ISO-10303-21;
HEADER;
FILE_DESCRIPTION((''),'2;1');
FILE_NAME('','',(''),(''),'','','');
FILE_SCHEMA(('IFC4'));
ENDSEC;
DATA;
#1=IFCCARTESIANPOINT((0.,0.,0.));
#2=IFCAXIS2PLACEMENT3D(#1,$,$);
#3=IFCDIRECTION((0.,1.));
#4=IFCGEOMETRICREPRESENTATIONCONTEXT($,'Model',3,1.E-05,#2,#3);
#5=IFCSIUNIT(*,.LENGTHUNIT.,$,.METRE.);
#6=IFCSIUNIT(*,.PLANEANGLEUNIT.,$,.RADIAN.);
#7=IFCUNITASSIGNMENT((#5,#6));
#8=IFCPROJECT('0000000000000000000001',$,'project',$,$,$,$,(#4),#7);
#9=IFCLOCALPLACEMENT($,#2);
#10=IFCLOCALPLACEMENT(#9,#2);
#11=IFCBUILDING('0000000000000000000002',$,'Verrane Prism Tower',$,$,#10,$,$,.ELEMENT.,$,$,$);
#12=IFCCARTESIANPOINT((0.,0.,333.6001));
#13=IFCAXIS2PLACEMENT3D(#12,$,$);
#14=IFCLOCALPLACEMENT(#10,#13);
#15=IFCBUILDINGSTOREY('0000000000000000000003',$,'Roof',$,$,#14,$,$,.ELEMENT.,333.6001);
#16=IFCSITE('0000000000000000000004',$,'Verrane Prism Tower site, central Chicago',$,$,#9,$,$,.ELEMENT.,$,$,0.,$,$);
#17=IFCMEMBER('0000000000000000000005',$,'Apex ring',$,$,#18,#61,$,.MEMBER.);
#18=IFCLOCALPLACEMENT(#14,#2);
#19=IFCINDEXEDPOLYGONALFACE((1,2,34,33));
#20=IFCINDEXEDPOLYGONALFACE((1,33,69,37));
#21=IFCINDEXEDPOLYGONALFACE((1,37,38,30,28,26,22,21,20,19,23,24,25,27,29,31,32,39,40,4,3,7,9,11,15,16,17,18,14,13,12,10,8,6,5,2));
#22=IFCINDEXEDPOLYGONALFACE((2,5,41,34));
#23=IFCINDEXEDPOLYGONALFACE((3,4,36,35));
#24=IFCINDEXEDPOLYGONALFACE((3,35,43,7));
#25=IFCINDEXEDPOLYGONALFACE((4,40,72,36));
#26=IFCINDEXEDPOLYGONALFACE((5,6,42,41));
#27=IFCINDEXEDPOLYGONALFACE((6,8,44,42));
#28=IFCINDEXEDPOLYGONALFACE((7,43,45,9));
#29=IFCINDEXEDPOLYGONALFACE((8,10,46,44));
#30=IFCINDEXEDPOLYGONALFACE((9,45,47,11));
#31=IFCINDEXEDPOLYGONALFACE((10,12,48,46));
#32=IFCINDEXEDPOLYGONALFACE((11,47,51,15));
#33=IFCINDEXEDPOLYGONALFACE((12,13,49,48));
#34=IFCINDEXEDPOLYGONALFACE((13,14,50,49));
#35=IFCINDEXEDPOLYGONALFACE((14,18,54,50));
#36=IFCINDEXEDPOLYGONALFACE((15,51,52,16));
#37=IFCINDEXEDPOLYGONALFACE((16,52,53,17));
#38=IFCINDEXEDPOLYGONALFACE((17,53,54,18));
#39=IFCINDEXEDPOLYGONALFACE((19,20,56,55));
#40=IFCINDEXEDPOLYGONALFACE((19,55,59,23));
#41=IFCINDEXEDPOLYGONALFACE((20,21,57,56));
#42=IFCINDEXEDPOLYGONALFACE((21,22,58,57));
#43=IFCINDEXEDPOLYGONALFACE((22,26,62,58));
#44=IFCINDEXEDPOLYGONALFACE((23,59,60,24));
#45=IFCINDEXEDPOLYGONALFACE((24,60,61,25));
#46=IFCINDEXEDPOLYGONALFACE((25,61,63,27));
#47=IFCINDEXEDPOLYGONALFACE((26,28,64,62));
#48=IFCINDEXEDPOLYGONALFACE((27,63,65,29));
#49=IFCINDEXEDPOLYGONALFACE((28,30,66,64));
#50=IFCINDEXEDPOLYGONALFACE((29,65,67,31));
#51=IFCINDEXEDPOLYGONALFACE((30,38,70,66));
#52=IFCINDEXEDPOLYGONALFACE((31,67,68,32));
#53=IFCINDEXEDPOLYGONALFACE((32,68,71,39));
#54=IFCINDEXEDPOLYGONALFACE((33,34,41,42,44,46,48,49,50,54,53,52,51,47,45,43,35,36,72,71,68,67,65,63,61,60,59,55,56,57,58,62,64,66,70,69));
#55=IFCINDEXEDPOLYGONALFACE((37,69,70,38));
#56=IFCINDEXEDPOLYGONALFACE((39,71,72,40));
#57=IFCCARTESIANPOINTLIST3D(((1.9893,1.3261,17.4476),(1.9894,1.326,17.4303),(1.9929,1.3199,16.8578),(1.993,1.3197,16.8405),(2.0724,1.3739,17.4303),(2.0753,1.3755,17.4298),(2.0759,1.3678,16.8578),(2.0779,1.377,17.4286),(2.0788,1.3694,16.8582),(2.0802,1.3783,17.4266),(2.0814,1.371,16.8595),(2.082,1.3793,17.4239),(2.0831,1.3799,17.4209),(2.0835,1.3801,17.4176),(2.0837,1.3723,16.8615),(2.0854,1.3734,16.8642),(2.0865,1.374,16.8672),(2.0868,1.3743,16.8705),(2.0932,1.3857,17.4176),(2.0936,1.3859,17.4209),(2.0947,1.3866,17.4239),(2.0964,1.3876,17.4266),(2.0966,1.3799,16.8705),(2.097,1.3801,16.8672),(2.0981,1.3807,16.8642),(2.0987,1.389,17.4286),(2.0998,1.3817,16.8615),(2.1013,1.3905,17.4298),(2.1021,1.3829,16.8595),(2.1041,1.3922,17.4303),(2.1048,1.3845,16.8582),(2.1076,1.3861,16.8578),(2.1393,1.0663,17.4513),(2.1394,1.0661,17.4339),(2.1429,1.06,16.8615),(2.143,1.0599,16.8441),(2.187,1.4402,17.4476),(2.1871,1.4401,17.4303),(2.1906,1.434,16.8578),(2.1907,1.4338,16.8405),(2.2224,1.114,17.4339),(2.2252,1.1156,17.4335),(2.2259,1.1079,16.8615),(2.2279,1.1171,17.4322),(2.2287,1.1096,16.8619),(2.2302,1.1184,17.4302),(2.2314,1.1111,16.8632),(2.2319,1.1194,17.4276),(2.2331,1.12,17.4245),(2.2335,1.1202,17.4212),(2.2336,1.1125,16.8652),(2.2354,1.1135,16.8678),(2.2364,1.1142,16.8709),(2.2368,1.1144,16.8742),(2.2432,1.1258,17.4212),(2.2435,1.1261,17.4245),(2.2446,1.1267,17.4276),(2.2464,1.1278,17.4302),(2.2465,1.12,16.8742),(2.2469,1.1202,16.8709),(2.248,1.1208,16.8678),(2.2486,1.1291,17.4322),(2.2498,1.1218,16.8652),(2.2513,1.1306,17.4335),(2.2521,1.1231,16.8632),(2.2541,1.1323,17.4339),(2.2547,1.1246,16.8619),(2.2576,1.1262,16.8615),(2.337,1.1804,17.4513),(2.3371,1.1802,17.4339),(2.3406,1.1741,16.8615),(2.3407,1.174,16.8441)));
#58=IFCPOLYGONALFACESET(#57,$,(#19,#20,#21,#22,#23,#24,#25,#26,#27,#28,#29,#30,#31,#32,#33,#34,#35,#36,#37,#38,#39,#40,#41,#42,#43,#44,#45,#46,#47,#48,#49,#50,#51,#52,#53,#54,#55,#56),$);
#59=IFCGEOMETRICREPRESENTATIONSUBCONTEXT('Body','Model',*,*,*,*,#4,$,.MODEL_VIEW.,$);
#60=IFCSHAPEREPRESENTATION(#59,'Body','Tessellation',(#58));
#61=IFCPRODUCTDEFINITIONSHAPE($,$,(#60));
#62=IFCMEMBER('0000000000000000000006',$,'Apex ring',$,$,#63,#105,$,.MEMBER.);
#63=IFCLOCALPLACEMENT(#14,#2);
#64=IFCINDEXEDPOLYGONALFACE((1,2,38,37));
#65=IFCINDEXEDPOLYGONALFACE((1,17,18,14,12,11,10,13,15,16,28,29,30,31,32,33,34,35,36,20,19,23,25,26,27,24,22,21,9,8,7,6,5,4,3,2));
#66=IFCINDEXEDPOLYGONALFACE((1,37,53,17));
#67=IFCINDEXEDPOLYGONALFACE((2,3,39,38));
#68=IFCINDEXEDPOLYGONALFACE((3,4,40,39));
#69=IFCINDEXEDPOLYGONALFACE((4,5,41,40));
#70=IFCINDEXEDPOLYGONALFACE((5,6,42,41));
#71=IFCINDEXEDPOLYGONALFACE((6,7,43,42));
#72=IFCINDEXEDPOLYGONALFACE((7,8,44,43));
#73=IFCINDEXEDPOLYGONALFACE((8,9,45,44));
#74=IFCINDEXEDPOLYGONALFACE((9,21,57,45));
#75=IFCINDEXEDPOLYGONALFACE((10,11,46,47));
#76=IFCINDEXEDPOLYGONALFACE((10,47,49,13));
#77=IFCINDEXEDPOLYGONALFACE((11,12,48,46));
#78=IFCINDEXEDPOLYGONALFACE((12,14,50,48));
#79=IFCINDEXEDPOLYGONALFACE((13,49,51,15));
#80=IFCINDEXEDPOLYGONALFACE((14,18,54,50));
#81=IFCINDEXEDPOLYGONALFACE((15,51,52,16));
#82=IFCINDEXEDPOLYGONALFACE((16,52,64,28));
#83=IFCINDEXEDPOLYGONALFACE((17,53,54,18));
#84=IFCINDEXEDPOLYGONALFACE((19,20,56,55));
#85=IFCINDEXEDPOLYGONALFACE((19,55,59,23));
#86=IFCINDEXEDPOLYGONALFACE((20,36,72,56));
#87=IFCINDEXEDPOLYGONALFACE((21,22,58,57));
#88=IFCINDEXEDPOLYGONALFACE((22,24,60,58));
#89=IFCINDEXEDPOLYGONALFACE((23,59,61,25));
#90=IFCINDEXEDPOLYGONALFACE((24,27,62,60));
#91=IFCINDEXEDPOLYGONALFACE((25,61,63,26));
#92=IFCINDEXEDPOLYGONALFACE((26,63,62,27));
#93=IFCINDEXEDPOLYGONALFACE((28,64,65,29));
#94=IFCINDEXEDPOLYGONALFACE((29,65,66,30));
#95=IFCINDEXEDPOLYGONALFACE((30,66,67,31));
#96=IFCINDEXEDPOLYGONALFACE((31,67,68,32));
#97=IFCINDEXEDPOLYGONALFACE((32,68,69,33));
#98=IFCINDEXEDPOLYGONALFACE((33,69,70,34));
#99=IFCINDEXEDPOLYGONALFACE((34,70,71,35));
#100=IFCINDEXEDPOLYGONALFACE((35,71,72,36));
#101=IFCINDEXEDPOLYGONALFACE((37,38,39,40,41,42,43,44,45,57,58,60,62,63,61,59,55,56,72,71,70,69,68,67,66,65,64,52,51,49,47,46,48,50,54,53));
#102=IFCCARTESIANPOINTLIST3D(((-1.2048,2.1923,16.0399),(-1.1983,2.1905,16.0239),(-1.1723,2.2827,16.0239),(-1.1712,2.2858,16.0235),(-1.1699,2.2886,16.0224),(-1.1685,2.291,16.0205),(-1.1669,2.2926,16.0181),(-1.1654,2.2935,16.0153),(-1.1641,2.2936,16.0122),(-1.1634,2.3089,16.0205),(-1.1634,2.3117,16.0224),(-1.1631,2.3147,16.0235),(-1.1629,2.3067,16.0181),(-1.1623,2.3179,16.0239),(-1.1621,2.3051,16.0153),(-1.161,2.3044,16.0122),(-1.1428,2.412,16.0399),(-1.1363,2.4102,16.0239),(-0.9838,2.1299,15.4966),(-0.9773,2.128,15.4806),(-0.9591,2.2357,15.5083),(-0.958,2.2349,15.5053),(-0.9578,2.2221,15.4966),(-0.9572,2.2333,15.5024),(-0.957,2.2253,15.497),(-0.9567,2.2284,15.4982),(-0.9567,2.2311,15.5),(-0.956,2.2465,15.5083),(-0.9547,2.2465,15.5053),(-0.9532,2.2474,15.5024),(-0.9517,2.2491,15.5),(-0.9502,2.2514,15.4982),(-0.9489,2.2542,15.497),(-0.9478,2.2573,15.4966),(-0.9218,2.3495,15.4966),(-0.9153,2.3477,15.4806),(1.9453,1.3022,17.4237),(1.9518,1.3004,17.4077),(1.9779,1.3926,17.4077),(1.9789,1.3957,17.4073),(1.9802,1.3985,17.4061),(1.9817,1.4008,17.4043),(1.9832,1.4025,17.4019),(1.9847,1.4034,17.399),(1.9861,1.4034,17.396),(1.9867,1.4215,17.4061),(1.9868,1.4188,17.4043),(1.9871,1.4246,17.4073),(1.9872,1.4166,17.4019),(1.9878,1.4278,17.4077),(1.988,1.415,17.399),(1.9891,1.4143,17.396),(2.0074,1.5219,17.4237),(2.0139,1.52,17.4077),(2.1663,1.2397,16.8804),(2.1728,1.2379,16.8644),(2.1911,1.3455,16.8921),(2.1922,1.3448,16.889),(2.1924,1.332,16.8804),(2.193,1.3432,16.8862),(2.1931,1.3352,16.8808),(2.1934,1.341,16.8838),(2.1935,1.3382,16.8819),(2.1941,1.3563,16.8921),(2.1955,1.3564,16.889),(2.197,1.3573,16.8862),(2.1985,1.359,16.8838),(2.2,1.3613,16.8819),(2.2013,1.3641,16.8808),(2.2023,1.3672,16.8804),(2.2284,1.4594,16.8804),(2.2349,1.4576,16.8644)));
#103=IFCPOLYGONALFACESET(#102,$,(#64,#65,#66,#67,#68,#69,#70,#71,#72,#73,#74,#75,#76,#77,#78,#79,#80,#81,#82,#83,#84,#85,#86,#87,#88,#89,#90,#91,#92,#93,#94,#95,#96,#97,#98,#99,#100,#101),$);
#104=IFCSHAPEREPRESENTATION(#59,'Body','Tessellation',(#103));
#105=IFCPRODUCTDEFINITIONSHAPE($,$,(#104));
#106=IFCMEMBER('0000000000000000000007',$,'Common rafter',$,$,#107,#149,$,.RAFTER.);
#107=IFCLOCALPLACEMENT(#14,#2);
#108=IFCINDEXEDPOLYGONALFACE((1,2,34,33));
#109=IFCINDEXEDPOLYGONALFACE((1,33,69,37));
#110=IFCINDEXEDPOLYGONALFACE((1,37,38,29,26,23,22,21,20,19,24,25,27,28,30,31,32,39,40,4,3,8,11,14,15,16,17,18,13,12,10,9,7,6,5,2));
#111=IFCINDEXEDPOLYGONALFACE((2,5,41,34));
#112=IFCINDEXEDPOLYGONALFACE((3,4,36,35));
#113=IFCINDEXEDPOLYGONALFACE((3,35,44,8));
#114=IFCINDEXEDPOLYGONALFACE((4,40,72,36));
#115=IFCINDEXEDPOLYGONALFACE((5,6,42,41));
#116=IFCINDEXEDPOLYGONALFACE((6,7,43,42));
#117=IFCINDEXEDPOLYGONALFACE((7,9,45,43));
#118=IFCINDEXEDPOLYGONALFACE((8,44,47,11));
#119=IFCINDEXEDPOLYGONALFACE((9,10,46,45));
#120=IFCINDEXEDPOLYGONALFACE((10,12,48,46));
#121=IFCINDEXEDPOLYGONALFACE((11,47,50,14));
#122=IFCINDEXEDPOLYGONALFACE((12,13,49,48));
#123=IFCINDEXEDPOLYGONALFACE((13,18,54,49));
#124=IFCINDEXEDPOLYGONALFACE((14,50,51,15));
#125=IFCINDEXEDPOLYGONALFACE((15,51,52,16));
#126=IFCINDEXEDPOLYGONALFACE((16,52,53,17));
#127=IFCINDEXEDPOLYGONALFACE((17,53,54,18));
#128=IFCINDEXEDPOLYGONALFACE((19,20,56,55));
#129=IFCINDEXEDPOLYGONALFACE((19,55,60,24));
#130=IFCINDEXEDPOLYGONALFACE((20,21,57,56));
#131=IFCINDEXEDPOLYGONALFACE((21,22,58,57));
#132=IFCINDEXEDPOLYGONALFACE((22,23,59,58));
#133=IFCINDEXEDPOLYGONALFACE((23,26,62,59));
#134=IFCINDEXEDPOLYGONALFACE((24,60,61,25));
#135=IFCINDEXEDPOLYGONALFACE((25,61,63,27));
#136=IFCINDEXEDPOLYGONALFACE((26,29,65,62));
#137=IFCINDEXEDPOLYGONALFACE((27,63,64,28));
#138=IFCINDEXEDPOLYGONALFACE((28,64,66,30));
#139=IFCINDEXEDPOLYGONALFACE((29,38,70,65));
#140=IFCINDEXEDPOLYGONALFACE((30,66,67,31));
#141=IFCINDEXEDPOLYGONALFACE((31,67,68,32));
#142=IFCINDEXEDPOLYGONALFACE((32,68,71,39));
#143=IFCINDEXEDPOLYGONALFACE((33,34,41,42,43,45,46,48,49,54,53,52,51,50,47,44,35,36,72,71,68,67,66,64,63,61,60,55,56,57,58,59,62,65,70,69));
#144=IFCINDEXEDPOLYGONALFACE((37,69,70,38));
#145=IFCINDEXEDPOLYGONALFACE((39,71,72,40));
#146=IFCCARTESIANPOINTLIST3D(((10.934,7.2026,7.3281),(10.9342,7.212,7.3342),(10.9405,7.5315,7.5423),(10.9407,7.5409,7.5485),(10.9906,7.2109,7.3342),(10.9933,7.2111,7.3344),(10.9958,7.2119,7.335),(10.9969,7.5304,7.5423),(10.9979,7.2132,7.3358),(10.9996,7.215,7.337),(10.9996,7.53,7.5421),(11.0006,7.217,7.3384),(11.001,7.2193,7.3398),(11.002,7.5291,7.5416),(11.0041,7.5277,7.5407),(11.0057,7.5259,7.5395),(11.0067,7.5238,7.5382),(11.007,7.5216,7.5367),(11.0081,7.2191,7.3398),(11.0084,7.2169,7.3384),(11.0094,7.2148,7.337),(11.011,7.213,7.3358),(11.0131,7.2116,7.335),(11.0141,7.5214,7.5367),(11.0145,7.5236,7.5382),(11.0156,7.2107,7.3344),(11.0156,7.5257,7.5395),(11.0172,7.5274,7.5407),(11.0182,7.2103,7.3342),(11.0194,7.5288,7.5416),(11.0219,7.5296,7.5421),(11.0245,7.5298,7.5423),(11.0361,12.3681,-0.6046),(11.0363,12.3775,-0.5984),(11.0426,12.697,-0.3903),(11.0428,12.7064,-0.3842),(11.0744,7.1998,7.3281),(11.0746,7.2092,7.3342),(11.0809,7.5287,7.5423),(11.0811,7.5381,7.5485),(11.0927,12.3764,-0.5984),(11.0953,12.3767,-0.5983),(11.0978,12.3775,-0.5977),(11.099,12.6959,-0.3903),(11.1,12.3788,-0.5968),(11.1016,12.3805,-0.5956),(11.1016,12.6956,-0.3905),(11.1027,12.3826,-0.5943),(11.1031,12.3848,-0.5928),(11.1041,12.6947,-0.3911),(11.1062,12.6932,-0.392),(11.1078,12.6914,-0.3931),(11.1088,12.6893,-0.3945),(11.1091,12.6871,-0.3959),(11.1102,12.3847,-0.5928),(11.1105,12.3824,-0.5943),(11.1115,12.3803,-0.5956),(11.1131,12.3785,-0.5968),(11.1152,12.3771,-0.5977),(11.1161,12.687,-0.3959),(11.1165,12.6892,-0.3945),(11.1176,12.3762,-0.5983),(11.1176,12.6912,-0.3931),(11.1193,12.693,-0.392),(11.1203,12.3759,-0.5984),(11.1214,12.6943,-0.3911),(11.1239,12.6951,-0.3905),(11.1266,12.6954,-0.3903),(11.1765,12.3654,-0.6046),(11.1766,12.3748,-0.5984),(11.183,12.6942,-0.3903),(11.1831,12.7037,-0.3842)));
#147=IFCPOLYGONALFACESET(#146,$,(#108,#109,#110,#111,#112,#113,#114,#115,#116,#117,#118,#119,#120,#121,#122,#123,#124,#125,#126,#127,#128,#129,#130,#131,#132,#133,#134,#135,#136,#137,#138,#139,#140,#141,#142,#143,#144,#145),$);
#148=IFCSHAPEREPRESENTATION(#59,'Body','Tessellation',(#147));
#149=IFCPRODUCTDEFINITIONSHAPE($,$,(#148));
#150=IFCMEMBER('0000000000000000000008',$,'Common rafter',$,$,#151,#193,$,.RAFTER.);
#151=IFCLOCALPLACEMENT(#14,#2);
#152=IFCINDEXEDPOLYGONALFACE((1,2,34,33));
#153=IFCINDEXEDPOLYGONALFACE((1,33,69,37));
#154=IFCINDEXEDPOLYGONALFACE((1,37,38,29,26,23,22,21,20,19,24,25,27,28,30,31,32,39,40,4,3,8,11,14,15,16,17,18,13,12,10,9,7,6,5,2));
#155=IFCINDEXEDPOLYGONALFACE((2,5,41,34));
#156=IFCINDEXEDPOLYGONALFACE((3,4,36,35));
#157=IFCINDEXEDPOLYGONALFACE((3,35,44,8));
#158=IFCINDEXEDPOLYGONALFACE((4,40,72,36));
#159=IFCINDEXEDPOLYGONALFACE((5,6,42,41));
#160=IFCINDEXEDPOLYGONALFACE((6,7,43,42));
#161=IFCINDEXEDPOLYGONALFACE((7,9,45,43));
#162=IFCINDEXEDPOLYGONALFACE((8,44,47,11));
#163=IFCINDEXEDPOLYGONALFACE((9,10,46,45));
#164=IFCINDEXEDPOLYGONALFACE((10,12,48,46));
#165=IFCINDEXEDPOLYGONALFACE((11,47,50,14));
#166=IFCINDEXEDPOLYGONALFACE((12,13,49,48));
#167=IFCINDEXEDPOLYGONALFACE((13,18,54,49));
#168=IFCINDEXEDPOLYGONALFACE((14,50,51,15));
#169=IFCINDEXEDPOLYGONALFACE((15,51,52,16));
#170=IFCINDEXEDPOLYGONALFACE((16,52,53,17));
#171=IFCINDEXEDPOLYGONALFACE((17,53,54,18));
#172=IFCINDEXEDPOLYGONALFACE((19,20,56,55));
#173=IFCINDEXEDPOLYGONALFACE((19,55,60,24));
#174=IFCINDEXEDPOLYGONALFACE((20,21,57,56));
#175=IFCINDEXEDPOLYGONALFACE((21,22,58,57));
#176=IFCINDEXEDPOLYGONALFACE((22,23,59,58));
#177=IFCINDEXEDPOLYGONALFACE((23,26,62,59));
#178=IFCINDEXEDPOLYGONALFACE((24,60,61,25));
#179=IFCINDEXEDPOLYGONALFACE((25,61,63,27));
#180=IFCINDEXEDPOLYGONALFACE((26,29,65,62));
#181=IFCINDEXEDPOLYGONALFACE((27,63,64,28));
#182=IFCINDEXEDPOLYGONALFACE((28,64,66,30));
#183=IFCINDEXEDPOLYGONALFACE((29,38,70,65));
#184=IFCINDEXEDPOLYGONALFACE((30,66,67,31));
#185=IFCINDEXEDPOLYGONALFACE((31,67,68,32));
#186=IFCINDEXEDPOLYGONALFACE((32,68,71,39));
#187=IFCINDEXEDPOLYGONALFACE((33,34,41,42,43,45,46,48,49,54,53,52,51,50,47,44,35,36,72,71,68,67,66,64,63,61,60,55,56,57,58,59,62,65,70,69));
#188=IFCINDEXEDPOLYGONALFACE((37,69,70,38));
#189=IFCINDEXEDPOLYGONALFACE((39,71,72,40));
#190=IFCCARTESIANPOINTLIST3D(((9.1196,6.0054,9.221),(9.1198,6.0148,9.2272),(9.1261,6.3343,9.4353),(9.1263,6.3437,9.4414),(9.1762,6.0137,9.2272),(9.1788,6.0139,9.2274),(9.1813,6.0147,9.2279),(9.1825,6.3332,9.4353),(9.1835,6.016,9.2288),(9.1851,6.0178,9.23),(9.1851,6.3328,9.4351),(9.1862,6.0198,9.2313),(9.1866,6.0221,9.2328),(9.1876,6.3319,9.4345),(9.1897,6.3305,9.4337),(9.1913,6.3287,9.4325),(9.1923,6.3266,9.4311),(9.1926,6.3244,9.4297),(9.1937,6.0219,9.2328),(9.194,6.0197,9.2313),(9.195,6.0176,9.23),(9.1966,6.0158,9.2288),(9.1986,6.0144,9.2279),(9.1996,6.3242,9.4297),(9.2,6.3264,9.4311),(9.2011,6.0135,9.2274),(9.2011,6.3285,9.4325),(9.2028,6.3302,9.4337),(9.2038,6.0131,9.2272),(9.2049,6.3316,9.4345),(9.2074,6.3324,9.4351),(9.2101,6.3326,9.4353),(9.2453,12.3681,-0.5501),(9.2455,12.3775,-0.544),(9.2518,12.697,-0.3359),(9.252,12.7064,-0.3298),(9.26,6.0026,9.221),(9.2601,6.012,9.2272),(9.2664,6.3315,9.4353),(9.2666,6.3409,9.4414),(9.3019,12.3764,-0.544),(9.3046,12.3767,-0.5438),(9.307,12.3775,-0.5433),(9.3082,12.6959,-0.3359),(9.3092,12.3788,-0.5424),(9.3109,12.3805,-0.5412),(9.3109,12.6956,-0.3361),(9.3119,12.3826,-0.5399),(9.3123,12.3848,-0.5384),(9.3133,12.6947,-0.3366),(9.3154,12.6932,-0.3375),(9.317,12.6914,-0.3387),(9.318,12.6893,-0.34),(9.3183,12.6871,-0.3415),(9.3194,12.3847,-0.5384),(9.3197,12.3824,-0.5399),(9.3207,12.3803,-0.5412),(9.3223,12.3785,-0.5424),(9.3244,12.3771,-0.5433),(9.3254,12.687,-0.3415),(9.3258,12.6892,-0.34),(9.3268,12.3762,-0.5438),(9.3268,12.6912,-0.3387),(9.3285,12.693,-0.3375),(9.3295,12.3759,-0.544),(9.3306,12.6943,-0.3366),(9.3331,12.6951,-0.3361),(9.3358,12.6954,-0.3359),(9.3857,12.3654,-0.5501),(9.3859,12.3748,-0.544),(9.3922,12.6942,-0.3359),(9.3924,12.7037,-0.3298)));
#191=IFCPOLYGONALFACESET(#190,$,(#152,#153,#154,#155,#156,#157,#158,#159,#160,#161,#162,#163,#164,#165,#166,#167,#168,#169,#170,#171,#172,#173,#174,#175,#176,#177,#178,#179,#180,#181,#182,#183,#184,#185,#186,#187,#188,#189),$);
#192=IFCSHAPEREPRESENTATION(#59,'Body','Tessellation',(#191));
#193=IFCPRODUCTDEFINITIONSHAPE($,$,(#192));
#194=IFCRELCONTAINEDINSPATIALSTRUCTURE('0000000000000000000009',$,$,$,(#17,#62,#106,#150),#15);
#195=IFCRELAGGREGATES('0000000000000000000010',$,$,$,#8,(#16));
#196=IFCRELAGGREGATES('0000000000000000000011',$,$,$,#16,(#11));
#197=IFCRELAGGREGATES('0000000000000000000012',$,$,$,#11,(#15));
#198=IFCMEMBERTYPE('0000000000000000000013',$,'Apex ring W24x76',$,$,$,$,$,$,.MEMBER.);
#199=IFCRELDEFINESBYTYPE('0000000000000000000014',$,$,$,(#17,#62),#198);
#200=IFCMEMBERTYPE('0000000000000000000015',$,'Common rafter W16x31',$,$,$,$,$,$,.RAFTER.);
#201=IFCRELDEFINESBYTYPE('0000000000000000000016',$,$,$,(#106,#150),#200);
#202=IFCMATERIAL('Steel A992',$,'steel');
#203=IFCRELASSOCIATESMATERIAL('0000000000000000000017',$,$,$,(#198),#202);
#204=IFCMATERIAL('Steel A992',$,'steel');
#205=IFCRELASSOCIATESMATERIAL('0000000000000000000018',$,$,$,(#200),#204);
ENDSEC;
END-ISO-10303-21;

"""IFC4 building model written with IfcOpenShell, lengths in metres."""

from ifc_helpers import new_model, si_unit, direction, frame, origin, origin_2d, place, context, subcontext, project, spatial, i_section, extrude, material, material_profile, profile_set, type_object, element, save


model = new_model("IFC4")

# Units and contexts
model_context = context("Model", 3, precision=1e-05, world=origin(), true_north=direction((0.0, 1.0)))
body_context = subcontext(model_context, "Body", "Model", "MODEL_VIEW")
ifc_project = project(units=[si_unit("LENGTHUNIT", "METRE"), si_unit("PLANEANGLEUNIT", "RADIAN")], contexts=[model_context])

# Site, building, storey
site_placement = place(None, origin())
site = spatial("IfcSite", under=ifc_project, at=site_placement, Name="Verrane Prism Tower site, central Chicago", CompositionType="ELEMENT", RefElevation=0.0)
building_placement = place(site_placement, origin())
building = spatial("IfcBuilding", under=site, at=building_placement, Name="Verrane Prism Tower", CompositionType="ELEMENT")
storey_placement = place(building_placement, frame((0.0, 0.0, 333.6001)))
storey = spatial("IfcBuildingStorey", under=building, at=storey_placement, Name="Roof", CompositionType="ELEMENT", Elevation=333.6001)

# Members
ifc_material_1 = material(Name="Steel A992", Category="steel")
ifc_material_profile_1 = material_profile(ifc_material_1, i_section(OverallWidth=0.2283, OverallDepth=0.6072, WebThickness=0.0112, FlangeThickness=0.0173, FilletRadius=0.0127, at=origin_2d()), Name="W24x76")
ifc_profile_set_1 = profile_set([ifc_material_profile_1], Name="Steel A992")
member_type_1 = type_object("IfcMemberType", Name="Apex ring W24x76", PredefinedType="MEMBER", material=ifc_profile_set_1)
member_1_placement = place(storey_placement, frame((2.24, 1.1201, 17.1477), z_axis=(-0.499779, 0.866067, -0.01221), x_axis=(-0.866131, -0.499816, 0.0)))
element("IfcMember", 1, at=member_1_placement, inside=storey, type_object=member_type_1, Name="Apex ring", PredefinedType="MEMBER", context=body_context, shape_type="SweptSolid", body=[
    extrude(i_section(OverallWidth=0.2283, OverallDepth=0.6072, WebThickness=0.0112, FlangeThickness=0.0173, FilletRadius=0.0127, at=origin_2d()), origin(), (0.0, 0.0, 1.0), 0.3),
])
member_2_placement = place(storey_placement, frame((2.0901, 1.3799, 17.144), z_axis=(-0.886376, 0.250463, -0.389365), x_axis=(-0.271922, -0.962319, 0.0)))
element("IfcMember", 2, at=member_2_placement, inside=storey, type_object=member_type_1, Name="Apex ring", PredefinedType="MEMBER", context=body_context, shape_type="SweptSolid", body=[
    extrude(i_section(OverallWidth=0.2283, OverallDepth=0.6072, WebThickness=0.0112, FlangeThickness=0.0173, FilletRadius=0.0127, at=origin_2d()), origin(), (0.0, 0.0, 1.0), 3.554),
])
ifc_material_2 = material(Name="Steel A992", Category="steel")
ifc_material_profile_2 = material_profile(ifc_material_2, i_section(OverallWidth=0.1404, OverallDepth=0.4038, WebThickness=0.0071, FlangeThickness=0.0112, FilletRadius=0.0103, at=origin_2d()), Name="W16x31")
ifc_profile_set_2 = profile_set([ifc_material_profile_2], Name="Steel A992")
member_type_2 = type_object("IfcMemberType", Name="Common rafter W16x31", PredefinedType="RAFTER", material=ifc_profile_set_2)
member_3_placement = place(storey_placement, frame((11.1096, 12.5359, -0.4944), z_axis=(-0.01078, -0.545649, 0.837944), x_axis=(0.999805, -0.019752, 0.0)))
element("IfcMember", 3, at=member_3_placement, inside=storey, type_object=member_type_2, Name="Common rafter", PredefinedType="RAFTER", context=body_context, shape_type="SweptSolid", body=[
    extrude(i_section(OverallWidth=0.1404, OverallDepth=0.4038, WebThickness=0.0071, FlangeThickness=0.0112, FilletRadius=0.0103, at=origin_2d()), origin(), (0.0, 0.0, 1.0), 9.4668),
])
member_4_placement = place(storey_placement, frame((9.3188, 12.5359, -0.4399), z_axis=(-0.010782, -0.545649, 0.837944), x_axis=(0.999805, -0.019757, 0.0)))
element("IfcMember", 4, at=member_4_placement, inside=storey, type_object=member_type_2, Name="Common rafter", PredefinedType="RAFTER", context=body_context, shape_type="SweptSolid", body=[
    extrude(i_section(OverallWidth=0.1404, OverallDepth=0.4038, WebThickness=0.0071, FlangeThickness=0.0112, FilletRadius=0.0103, at=origin_2d()), origin(), (0.0, 0.0, 1.0), 11.6609),
])

save(model, "model.ifc")
